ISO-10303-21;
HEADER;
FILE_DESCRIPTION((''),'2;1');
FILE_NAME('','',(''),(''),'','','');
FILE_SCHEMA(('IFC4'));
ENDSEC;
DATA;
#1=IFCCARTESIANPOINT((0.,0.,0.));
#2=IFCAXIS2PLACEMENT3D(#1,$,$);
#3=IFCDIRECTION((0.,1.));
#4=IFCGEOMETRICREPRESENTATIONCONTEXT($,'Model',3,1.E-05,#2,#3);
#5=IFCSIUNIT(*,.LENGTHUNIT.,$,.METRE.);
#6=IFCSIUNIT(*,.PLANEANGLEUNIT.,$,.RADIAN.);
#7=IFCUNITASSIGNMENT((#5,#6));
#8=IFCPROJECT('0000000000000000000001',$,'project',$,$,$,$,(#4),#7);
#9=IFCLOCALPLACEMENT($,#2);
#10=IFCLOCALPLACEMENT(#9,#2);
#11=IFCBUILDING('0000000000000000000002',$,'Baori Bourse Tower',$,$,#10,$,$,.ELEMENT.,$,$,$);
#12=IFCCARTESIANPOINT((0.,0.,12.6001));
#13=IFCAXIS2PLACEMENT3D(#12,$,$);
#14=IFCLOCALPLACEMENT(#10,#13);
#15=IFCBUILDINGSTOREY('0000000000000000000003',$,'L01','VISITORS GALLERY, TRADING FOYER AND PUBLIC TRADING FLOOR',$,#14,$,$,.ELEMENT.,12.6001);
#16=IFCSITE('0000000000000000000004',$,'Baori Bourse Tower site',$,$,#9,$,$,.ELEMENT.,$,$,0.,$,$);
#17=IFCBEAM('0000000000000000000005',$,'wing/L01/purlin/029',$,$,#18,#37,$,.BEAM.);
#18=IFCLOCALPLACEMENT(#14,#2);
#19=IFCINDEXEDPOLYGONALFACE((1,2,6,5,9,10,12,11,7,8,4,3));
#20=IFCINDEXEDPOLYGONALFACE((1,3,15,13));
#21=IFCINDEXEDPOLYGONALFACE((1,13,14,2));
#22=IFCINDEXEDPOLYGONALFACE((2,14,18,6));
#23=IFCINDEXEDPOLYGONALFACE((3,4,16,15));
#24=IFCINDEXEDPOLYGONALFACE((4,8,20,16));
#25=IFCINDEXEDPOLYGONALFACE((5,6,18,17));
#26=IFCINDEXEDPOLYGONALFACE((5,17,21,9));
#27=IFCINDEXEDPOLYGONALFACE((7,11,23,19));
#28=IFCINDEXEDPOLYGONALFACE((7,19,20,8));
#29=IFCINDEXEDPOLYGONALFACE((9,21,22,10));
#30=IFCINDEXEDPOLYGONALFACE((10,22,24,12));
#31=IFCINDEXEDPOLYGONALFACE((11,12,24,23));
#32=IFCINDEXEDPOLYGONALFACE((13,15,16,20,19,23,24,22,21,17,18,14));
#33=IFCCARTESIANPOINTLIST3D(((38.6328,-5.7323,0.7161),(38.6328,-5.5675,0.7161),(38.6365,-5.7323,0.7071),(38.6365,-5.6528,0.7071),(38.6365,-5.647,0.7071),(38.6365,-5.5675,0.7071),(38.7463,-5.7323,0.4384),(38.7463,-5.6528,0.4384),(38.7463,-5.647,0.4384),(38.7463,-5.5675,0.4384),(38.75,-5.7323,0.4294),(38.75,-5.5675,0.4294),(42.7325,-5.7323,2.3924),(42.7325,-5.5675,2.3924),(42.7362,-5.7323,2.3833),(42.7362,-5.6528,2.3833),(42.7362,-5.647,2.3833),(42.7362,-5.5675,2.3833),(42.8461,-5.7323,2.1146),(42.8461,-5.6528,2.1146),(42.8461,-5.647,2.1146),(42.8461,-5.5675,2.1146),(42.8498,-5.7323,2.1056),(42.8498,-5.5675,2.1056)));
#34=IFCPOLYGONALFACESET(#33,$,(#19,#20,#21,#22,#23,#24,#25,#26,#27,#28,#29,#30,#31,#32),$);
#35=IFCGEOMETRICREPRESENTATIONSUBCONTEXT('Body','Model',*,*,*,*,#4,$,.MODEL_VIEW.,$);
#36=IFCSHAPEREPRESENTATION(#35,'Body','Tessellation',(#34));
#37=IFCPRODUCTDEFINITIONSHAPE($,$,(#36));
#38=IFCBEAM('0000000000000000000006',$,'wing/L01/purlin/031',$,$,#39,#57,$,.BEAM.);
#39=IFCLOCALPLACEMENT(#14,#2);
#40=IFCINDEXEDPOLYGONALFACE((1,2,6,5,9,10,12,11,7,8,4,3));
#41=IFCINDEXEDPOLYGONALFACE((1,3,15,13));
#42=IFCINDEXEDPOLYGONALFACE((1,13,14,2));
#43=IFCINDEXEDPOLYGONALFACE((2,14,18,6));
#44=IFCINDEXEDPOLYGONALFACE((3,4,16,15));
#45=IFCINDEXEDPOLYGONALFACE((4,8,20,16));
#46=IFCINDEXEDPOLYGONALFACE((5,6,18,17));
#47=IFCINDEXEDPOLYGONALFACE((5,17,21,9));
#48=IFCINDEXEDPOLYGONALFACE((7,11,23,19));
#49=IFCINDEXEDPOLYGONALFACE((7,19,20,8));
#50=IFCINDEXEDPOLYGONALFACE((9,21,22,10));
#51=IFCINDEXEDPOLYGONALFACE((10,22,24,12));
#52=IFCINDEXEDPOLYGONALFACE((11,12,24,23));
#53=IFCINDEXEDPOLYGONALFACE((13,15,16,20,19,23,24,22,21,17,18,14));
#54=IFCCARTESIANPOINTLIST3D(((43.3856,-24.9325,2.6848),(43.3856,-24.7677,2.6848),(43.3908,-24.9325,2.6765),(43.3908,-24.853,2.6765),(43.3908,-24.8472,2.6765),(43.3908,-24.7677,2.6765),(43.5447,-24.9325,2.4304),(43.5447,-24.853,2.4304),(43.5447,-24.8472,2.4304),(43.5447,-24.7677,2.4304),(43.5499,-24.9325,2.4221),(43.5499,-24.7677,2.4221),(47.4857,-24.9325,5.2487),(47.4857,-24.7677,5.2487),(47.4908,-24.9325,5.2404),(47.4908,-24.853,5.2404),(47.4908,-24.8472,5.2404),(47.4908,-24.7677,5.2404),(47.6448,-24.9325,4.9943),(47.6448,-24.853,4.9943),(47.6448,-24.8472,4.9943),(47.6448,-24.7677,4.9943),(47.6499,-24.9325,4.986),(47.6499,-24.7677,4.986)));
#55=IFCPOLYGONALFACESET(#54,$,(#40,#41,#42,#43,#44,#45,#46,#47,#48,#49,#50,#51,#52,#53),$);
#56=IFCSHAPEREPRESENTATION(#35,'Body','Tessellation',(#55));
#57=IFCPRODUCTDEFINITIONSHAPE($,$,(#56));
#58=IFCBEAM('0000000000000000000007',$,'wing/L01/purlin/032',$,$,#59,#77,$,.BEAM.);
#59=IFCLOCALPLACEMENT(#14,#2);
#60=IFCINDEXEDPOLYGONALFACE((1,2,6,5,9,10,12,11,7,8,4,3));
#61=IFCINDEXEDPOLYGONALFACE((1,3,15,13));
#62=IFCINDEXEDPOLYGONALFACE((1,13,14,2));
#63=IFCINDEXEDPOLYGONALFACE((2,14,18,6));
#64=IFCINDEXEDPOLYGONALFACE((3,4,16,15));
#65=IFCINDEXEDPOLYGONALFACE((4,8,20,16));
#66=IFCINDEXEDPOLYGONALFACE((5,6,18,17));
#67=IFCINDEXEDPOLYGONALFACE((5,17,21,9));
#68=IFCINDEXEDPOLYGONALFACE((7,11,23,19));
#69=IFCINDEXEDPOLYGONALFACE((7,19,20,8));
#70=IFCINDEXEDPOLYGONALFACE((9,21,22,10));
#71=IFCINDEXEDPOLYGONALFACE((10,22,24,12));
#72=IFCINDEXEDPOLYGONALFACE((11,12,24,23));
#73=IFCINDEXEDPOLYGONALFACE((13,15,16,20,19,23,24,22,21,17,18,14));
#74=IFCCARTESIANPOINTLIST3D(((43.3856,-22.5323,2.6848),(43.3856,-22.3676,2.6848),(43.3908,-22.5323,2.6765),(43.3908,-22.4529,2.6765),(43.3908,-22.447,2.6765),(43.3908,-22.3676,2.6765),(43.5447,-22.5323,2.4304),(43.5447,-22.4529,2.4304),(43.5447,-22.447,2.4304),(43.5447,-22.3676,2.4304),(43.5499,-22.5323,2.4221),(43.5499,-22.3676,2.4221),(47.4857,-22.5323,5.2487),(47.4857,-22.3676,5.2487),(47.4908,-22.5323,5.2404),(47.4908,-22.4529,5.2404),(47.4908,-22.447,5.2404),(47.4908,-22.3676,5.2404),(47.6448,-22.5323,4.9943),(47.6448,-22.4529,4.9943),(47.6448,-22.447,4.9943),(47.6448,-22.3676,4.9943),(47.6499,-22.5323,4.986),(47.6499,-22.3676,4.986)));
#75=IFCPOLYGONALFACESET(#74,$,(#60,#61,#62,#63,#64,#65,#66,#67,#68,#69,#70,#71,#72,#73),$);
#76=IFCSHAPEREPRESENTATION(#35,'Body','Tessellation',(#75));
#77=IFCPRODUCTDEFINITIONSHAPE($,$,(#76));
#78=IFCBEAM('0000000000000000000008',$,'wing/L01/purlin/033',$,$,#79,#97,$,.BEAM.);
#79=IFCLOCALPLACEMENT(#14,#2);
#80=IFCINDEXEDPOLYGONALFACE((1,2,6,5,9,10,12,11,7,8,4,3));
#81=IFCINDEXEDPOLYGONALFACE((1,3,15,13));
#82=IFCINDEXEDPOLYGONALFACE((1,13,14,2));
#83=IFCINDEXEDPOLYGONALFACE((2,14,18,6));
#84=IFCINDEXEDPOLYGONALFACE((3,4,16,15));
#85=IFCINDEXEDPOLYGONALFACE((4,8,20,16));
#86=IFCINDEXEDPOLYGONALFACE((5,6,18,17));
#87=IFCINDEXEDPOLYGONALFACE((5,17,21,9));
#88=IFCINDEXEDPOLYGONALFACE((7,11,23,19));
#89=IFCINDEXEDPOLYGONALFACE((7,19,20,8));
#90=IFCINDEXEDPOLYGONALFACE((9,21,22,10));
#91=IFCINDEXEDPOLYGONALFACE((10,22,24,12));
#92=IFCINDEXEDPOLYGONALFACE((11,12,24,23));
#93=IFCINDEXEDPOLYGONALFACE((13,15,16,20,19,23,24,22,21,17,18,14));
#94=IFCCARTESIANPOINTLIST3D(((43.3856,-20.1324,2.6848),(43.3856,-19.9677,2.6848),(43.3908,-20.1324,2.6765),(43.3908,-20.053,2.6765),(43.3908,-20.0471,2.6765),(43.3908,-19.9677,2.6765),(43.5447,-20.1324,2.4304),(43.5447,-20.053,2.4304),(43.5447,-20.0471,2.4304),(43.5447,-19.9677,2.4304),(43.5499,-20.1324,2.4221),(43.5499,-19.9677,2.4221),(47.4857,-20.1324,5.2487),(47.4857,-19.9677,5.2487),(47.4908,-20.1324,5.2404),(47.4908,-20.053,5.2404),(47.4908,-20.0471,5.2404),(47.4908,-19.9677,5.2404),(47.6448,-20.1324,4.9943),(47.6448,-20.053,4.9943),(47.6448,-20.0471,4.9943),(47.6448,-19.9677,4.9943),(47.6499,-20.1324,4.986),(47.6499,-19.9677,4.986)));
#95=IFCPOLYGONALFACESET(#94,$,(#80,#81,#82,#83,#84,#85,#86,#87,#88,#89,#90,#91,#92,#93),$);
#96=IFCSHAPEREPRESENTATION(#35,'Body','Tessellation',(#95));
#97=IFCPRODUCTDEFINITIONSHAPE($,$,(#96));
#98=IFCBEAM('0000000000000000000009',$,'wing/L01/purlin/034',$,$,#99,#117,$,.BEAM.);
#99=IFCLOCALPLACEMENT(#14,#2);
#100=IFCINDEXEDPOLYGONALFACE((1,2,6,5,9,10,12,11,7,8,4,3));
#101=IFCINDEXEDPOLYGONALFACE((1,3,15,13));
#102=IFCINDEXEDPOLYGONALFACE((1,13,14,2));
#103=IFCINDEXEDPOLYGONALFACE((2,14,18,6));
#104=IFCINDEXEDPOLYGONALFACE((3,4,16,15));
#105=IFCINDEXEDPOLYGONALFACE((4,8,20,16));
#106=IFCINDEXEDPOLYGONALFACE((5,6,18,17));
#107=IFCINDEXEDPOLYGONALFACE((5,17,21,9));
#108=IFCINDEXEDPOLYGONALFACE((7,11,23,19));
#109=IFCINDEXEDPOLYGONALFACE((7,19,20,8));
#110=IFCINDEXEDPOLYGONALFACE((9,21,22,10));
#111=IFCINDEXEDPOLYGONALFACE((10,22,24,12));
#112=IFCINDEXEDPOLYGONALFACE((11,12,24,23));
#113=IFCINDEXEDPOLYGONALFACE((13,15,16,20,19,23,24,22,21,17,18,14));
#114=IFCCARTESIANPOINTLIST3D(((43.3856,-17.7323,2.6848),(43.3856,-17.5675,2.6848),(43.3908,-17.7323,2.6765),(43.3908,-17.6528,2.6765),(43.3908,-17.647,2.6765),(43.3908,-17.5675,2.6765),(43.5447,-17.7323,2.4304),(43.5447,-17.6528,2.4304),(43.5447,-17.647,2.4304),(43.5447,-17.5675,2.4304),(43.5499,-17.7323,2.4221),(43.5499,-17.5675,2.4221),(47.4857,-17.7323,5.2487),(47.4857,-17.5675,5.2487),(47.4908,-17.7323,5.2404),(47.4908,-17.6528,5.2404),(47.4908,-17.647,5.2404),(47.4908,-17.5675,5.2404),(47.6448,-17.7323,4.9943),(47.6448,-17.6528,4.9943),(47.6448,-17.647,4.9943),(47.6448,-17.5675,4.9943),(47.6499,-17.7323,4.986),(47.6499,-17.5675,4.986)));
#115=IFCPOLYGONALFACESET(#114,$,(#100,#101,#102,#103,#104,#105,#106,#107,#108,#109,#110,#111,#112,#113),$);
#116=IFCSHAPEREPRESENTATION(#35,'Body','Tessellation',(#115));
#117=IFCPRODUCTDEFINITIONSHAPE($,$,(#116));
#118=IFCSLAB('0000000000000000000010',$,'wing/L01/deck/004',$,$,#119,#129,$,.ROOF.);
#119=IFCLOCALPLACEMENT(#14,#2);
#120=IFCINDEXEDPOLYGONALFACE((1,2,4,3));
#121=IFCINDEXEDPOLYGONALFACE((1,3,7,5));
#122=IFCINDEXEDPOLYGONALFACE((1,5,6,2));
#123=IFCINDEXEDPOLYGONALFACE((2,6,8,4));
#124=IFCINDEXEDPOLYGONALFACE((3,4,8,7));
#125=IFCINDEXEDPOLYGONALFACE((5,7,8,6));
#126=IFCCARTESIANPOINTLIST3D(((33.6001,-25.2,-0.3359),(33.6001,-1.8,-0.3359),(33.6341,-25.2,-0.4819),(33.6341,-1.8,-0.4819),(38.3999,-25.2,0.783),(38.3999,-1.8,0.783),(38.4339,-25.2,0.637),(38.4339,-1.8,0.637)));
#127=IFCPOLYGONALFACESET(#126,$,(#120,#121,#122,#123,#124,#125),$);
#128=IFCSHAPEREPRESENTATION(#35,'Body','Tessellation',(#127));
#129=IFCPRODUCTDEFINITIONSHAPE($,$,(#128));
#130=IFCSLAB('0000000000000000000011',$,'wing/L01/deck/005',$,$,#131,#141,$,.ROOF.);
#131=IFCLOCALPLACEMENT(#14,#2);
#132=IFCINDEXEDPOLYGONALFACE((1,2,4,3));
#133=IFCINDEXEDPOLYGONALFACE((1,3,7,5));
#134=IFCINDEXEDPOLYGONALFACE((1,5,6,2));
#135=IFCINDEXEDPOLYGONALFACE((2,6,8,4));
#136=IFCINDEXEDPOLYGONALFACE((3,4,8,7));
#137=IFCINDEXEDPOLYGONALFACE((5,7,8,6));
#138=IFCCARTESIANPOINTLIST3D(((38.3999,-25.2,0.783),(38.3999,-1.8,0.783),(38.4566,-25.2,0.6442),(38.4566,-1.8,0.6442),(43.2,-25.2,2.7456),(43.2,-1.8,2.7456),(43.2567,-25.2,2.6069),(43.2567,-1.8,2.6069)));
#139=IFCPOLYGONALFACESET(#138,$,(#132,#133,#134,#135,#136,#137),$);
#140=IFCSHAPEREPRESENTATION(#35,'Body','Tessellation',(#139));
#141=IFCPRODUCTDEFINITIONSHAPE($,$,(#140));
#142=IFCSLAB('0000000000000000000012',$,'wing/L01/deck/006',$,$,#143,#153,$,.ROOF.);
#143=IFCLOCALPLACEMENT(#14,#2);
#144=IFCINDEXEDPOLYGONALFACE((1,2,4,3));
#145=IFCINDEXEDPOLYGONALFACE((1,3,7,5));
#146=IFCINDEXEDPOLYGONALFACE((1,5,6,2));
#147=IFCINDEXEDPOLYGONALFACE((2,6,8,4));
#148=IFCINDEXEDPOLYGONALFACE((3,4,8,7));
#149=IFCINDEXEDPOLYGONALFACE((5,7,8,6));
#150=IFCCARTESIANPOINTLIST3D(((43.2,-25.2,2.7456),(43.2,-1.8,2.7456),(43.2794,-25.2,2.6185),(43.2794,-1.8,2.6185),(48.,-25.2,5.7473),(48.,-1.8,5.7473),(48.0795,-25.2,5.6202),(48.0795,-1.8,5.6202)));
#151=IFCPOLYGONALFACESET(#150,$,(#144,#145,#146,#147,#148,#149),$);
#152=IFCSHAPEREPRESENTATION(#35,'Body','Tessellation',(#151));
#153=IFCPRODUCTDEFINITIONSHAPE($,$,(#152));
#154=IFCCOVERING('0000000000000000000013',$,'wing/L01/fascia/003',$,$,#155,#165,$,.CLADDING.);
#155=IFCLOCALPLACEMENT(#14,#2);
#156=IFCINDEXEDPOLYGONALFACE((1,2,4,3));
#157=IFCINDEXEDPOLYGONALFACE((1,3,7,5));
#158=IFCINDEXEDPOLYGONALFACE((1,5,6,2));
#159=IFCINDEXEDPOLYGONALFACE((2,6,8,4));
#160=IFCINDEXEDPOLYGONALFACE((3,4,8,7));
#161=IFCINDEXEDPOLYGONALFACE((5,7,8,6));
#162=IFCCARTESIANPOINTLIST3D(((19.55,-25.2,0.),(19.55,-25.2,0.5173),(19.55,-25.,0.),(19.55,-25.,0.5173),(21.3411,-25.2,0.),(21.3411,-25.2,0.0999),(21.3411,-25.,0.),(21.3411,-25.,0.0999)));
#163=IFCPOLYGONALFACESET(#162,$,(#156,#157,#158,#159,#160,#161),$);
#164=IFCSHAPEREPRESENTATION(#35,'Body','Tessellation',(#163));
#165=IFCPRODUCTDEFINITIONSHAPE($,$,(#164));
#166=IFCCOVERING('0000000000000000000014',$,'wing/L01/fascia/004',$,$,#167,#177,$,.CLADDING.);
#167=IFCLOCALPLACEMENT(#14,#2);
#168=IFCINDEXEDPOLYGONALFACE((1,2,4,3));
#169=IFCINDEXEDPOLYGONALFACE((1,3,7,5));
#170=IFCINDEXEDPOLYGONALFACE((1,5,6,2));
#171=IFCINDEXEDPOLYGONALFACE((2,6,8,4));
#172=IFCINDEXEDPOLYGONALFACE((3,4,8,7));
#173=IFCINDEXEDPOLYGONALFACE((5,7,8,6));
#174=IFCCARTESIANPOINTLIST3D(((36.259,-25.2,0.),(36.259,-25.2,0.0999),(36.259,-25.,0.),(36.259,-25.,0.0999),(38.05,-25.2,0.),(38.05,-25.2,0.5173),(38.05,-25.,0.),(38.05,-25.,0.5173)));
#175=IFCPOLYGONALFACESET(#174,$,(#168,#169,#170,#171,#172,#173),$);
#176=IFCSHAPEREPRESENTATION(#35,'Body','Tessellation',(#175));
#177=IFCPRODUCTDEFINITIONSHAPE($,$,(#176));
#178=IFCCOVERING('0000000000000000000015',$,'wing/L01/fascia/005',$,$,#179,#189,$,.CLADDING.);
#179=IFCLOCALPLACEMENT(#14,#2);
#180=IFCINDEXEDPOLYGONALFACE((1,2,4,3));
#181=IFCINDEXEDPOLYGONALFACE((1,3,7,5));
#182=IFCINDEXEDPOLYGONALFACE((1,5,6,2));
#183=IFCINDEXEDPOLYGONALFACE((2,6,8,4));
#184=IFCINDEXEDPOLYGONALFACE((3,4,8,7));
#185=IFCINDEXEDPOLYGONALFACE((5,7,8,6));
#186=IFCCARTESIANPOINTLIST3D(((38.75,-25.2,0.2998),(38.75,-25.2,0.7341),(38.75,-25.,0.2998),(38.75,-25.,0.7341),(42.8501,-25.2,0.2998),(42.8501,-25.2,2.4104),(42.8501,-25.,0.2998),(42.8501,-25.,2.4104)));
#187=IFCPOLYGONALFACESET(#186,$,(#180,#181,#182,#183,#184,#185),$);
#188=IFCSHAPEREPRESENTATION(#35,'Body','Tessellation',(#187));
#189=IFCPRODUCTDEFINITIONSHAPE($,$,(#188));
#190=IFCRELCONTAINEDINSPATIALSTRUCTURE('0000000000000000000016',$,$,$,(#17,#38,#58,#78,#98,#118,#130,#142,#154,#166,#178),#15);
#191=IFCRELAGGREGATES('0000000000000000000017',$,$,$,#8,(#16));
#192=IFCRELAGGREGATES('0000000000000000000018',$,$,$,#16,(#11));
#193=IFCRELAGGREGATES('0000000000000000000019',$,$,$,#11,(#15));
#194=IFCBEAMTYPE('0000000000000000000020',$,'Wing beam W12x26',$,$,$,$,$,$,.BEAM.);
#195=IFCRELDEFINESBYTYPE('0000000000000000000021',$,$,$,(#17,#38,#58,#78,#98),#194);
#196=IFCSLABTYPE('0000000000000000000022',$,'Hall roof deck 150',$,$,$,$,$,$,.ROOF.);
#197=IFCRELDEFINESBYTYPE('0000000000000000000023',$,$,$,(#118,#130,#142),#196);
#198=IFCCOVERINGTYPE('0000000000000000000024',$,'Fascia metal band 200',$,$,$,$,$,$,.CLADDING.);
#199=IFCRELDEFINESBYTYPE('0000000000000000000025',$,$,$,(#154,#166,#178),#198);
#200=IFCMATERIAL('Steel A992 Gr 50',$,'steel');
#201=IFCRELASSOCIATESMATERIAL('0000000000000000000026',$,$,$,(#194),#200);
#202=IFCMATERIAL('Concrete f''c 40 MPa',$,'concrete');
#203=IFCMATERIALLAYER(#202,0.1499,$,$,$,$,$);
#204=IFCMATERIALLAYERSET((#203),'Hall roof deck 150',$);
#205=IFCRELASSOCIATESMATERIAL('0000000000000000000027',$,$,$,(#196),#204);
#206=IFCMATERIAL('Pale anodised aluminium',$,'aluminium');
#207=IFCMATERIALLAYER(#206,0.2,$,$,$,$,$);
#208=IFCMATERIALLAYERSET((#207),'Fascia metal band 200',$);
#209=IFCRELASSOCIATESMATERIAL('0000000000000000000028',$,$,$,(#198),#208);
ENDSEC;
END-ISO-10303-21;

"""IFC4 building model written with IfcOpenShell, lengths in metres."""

from ifc_helpers import new_model, si_unit, direction, frame, origin, origin_2d, place, context, subcontext, project, spatial, polyline, i_section, outline, extrude, material, layer, layer_set, material_profile, profile_set, type_object, element, save


model = new_model("IFC4")

# Units and contexts
model_context = context("Model", 3, precision=1e-05, world=origin(), true_north=direction((0.0, 1.0)))
body_context = subcontext(model_context, "Body", "Model", "MODEL_VIEW")
ifc_project = project(units=[si_unit("LENGTHUNIT", "METRE"), si_unit("PLANEANGLEUNIT", "RADIAN")], contexts=[model_context])

# Site, building, storey
site_placement = place(None, origin())
site = spatial("IfcSite", under=ifc_project, at=site_placement, Name="Baori Bourse Tower site", CompositionType="ELEMENT", RefElevation=0.0)
building_placement = place(site_placement, origin())
building = spatial("IfcBuilding", under=site, at=building_placement, Name="Baori Bourse Tower", CompositionType="ELEMENT")
storey_placement = place(building_placement, frame((0.0, 0.0, 12.6001)))
storey = spatial("IfcBuildingStorey", under=building, at=storey_placement, Name="L01", Description="VISITORS GALLERY, TRADING FOYER AND PUBLIC TRADING FLOOR", CompositionType="ELEMENT", Elevation=12.6001)

# Beams
ifc_material_1 = material(Name="Steel A992 Gr 50", Category="steel")
ifc_material_profile_1 = material_profile(ifc_material_1, i_section(OverallWidth=0.1648, OverallDepth=0.3098, WebThickness=0.0059, FlangeThickness=0.0098, at=origin_2d()), Name="W12x26")
ifc_profile_set_1 = profile_set([ifc_material_profile_1], Name="Steel A992 Gr 50")
beam_type_1 = type_object("IfcBeamType", Name="Wing beam W12x26", PredefinedType="BEAM", material=ifc_profile_set_1)
for number, where, z_axis, x_axis, name in (
    (1, (38.6914, -5.6499, 0.5728), (0.925622, 0.0, 0.37845), (0.0, 1.0, 0.0), "wing/L01/purlin/029"),
):
    element("IfcBeam", number, at=place(storey_placement, frame(where, z_axis=z_axis, x_axis=x_axis)), inside=storey, type_object=beam_type_1, Name=name, PredefinedType="BEAM", context=body_context, shape_type="SweptSolid", body=[
        extrude(i_section(OverallWidth=0.1648, OverallDepth=0.3098, WebThickness=0.0059, FlangeThickness=0.0098, at=origin_2d()), origin(), (0.0, 0.0, 1.0), 4.4292),
    ])
for number, where, z_axis, x_axis, name in (
    (2, (43.4678, -24.8501, 2.5535), (0.847868, 0.0, 0.530208), (0.0, 1.0, 0.0), "wing/L01/purlin/031"),
    (3, (43.4678, -22.45, 2.5535), (0.847868, 0.0, 0.530208), (0.0, 1.0, 0.0), "wing/L01/purlin/032"),
    (4, (43.4678, -20.05, 2.5535), (0.847868, 0.0, 0.530208), (0.0, 1.0, 0.0), "wing/L01/purlin/033"),
    (5, (43.4678, -17.6499, 2.5535), (0.847868, 0.0, 0.530208), (0.0, 1.0, 0.0), "wing/L01/purlin/034"),
):
    element("IfcBeam", number, at=place(storey_placement, frame(where, z_axis=z_axis, x_axis=x_axis)), inside=storey, type_object=beam_type_1, Name=name, PredefinedType="BEAM", context=body_context, shape_type="SweptSolid", body=[
        extrude(i_section(OverallWidth=0.1648, OverallDepth=0.3098, WebThickness=0.0059, FlangeThickness=0.0098, at=origin_2d()), origin(), (0.0, 0.0, 1.0), 4.8357),
    ])

# Slabs
ifc_material_2 = material(Name="Concrete f'c 40 MPa", Category="concrete")
ifc_layer_1 = layer(ifc_material_2, 0.1499)
ifc_layer_set_1 = layer_set([ifc_layer_1], Name="Hall roof deck 150")
slab_type = type_object("IfcSlabType", Name="Hall roof deck 150", PredefinedType="ROOF", material=ifc_layer_set_1)
slab_1_placement = place(storey_placement, frame((33.6001, -25.2, -0.3359), z_axis=(-0.227026, 0.0, 0.973889), x_axis=(0.973889, 0.0, 0.227026)))
element("IfcSlab", 6, at=slab_1_placement, inside=storey, type_object=slab_type, Name="wing/L01/deck/004", PredefinedType="ROOF", context=body_context, shape_type="SweptSolid", body=[
    extrude(outline(polyline([(0.0, 0.0), (4.9285, 0.0), (4.9285, 23.3999), (0.0, 23.3999), (0.0, 0.0)])), origin(), (0.0, 0.0, -1.0), 0.1499),
])
slab_2_placement = place(storey_placement, frame((38.3999, -25.2, 0.783), z_axis=(-0.378466, 0.0, 0.925615), x_axis=(0.925615, 0.0, 0.378466)))
element("IfcSlab", 7, at=slab_2_placement, inside=storey, type_object=slab_type, Name="wing/L01/deck/005", PredefinedType="ROOF", context=body_context, shape_type="SweptSolid", body=[
    extrude(outline(polyline([(0.0, 0.0), (5.1858, 0.0), (5.1858, 23.3999), (0.0, 23.3999), (0.0, 0.0)])), origin(), (0.0, 0.0, -1.0), 0.1499),
])
slab_3_placement = place(storey_placement, frame((43.2, -25.2, 2.7456), z_axis=(-0.530212, 0.0, 0.847865), x_axis=(0.847865, 0.0, 0.530212)))
element("IfcSlab", 8, at=slab_3_placement, inside=storey, type_object=slab_type, Name="wing/L01/deck/006", PredefinedType="ROOF", context=body_context, shape_type="SweptSolid", body=[
    extrude(outline(polyline([(0.0, 0.0), (5.6613, 0.0), (5.6613, 23.3999), (0.0, 23.3999), (0.0, 0.0)])), origin(), (0.0, 0.0, -1.0), 0.1499),
])

# Coverings
ifc_material_3 = material(Name="Pale anodised aluminium", Category="aluminium")
ifc_layer_2 = layer(ifc_material_3, 0.2)
ifc_layer_set_2 = layer_set([ifc_layer_2], Name="Fascia metal band 200")
covering_type = type_object("IfcCoveringType", Name="Fascia metal band 200", PredefinedType="CLADDING", material=ifc_layer_set_2)
covering_1_placement = place(storey_placement, frame((19.55, -25.1001, 0.0), z_axis=(0.0, 0.0, 1.0), x_axis=(1.0, 0.0, 0.0)))
element("IfcCovering", 9, at=covering_1_placement, inside=storey, type_object=covering_type, Name="wing/L01/fascia/003", PredefinedType="CLADDING", context=body_context, shape_type="SweptSolid", body=[
    extrude(outline(polyline([(0.0, 0.0), (1.791, 0.0), (1.791, 0.0999), (0.0, 0.5173), (0.0, 0.0)])), frame((0.0, 0.1001, 0.0), z_axis=(0.0, -1.0, 0.0), x_axis=(1.0, 0.0, 0.0)), (0.0, 0.0, 1.0), 0.2),
])
covering_2_placement = place(storey_placement, frame((36.259, -25.1001, 0.0), z_axis=(0.0, 0.0, 1.0), x_axis=(1.0, 0.0, 0.0)))
element("IfcCovering", 10, at=covering_2_placement, inside=storey, type_object=covering_type, Name="wing/L01/fascia/004", PredefinedType="CLADDING", context=body_context, shape_type="SweptSolid", body=[
    extrude(outline(polyline([(0.0, 0.0), (1.791, 0.0), (1.791, 0.5173), (0.0, 0.0999), (0.0, 0.0)])), frame((0.0, 0.1001, 0.0), z_axis=(0.0, -1.0, 0.0), x_axis=(1.0, 0.0, 0.0)), (0.0, 0.0, 1.0), 0.2),
])
covering_3_placement = place(storey_placement, frame((38.75, -25.1001, 0.2998), z_axis=(0.0, 0.0, 1.0), x_axis=(1.0, 0.0, 0.0)))
element("IfcCovering", 11, at=covering_3_placement, inside=storey, type_object=covering_type, Name="wing/L01/fascia/005", PredefinedType="CLADDING", context=body_context, shape_type="SweptSolid", body=[
    extrude(outline(polyline([(0.0, 0.0), (4.1001, 0.0), (4.1001, 2.1106), (0.0, 0.4343), (0.0, 0.0)])), frame((0.0, 0.1001, 0.0), z_axis=(0.0, -1.0, 0.0), x_axis=(1.0, 0.0, 0.0)), (0.0, 0.0, 1.0), 0.2),
])

save(model, "model.ifc")
